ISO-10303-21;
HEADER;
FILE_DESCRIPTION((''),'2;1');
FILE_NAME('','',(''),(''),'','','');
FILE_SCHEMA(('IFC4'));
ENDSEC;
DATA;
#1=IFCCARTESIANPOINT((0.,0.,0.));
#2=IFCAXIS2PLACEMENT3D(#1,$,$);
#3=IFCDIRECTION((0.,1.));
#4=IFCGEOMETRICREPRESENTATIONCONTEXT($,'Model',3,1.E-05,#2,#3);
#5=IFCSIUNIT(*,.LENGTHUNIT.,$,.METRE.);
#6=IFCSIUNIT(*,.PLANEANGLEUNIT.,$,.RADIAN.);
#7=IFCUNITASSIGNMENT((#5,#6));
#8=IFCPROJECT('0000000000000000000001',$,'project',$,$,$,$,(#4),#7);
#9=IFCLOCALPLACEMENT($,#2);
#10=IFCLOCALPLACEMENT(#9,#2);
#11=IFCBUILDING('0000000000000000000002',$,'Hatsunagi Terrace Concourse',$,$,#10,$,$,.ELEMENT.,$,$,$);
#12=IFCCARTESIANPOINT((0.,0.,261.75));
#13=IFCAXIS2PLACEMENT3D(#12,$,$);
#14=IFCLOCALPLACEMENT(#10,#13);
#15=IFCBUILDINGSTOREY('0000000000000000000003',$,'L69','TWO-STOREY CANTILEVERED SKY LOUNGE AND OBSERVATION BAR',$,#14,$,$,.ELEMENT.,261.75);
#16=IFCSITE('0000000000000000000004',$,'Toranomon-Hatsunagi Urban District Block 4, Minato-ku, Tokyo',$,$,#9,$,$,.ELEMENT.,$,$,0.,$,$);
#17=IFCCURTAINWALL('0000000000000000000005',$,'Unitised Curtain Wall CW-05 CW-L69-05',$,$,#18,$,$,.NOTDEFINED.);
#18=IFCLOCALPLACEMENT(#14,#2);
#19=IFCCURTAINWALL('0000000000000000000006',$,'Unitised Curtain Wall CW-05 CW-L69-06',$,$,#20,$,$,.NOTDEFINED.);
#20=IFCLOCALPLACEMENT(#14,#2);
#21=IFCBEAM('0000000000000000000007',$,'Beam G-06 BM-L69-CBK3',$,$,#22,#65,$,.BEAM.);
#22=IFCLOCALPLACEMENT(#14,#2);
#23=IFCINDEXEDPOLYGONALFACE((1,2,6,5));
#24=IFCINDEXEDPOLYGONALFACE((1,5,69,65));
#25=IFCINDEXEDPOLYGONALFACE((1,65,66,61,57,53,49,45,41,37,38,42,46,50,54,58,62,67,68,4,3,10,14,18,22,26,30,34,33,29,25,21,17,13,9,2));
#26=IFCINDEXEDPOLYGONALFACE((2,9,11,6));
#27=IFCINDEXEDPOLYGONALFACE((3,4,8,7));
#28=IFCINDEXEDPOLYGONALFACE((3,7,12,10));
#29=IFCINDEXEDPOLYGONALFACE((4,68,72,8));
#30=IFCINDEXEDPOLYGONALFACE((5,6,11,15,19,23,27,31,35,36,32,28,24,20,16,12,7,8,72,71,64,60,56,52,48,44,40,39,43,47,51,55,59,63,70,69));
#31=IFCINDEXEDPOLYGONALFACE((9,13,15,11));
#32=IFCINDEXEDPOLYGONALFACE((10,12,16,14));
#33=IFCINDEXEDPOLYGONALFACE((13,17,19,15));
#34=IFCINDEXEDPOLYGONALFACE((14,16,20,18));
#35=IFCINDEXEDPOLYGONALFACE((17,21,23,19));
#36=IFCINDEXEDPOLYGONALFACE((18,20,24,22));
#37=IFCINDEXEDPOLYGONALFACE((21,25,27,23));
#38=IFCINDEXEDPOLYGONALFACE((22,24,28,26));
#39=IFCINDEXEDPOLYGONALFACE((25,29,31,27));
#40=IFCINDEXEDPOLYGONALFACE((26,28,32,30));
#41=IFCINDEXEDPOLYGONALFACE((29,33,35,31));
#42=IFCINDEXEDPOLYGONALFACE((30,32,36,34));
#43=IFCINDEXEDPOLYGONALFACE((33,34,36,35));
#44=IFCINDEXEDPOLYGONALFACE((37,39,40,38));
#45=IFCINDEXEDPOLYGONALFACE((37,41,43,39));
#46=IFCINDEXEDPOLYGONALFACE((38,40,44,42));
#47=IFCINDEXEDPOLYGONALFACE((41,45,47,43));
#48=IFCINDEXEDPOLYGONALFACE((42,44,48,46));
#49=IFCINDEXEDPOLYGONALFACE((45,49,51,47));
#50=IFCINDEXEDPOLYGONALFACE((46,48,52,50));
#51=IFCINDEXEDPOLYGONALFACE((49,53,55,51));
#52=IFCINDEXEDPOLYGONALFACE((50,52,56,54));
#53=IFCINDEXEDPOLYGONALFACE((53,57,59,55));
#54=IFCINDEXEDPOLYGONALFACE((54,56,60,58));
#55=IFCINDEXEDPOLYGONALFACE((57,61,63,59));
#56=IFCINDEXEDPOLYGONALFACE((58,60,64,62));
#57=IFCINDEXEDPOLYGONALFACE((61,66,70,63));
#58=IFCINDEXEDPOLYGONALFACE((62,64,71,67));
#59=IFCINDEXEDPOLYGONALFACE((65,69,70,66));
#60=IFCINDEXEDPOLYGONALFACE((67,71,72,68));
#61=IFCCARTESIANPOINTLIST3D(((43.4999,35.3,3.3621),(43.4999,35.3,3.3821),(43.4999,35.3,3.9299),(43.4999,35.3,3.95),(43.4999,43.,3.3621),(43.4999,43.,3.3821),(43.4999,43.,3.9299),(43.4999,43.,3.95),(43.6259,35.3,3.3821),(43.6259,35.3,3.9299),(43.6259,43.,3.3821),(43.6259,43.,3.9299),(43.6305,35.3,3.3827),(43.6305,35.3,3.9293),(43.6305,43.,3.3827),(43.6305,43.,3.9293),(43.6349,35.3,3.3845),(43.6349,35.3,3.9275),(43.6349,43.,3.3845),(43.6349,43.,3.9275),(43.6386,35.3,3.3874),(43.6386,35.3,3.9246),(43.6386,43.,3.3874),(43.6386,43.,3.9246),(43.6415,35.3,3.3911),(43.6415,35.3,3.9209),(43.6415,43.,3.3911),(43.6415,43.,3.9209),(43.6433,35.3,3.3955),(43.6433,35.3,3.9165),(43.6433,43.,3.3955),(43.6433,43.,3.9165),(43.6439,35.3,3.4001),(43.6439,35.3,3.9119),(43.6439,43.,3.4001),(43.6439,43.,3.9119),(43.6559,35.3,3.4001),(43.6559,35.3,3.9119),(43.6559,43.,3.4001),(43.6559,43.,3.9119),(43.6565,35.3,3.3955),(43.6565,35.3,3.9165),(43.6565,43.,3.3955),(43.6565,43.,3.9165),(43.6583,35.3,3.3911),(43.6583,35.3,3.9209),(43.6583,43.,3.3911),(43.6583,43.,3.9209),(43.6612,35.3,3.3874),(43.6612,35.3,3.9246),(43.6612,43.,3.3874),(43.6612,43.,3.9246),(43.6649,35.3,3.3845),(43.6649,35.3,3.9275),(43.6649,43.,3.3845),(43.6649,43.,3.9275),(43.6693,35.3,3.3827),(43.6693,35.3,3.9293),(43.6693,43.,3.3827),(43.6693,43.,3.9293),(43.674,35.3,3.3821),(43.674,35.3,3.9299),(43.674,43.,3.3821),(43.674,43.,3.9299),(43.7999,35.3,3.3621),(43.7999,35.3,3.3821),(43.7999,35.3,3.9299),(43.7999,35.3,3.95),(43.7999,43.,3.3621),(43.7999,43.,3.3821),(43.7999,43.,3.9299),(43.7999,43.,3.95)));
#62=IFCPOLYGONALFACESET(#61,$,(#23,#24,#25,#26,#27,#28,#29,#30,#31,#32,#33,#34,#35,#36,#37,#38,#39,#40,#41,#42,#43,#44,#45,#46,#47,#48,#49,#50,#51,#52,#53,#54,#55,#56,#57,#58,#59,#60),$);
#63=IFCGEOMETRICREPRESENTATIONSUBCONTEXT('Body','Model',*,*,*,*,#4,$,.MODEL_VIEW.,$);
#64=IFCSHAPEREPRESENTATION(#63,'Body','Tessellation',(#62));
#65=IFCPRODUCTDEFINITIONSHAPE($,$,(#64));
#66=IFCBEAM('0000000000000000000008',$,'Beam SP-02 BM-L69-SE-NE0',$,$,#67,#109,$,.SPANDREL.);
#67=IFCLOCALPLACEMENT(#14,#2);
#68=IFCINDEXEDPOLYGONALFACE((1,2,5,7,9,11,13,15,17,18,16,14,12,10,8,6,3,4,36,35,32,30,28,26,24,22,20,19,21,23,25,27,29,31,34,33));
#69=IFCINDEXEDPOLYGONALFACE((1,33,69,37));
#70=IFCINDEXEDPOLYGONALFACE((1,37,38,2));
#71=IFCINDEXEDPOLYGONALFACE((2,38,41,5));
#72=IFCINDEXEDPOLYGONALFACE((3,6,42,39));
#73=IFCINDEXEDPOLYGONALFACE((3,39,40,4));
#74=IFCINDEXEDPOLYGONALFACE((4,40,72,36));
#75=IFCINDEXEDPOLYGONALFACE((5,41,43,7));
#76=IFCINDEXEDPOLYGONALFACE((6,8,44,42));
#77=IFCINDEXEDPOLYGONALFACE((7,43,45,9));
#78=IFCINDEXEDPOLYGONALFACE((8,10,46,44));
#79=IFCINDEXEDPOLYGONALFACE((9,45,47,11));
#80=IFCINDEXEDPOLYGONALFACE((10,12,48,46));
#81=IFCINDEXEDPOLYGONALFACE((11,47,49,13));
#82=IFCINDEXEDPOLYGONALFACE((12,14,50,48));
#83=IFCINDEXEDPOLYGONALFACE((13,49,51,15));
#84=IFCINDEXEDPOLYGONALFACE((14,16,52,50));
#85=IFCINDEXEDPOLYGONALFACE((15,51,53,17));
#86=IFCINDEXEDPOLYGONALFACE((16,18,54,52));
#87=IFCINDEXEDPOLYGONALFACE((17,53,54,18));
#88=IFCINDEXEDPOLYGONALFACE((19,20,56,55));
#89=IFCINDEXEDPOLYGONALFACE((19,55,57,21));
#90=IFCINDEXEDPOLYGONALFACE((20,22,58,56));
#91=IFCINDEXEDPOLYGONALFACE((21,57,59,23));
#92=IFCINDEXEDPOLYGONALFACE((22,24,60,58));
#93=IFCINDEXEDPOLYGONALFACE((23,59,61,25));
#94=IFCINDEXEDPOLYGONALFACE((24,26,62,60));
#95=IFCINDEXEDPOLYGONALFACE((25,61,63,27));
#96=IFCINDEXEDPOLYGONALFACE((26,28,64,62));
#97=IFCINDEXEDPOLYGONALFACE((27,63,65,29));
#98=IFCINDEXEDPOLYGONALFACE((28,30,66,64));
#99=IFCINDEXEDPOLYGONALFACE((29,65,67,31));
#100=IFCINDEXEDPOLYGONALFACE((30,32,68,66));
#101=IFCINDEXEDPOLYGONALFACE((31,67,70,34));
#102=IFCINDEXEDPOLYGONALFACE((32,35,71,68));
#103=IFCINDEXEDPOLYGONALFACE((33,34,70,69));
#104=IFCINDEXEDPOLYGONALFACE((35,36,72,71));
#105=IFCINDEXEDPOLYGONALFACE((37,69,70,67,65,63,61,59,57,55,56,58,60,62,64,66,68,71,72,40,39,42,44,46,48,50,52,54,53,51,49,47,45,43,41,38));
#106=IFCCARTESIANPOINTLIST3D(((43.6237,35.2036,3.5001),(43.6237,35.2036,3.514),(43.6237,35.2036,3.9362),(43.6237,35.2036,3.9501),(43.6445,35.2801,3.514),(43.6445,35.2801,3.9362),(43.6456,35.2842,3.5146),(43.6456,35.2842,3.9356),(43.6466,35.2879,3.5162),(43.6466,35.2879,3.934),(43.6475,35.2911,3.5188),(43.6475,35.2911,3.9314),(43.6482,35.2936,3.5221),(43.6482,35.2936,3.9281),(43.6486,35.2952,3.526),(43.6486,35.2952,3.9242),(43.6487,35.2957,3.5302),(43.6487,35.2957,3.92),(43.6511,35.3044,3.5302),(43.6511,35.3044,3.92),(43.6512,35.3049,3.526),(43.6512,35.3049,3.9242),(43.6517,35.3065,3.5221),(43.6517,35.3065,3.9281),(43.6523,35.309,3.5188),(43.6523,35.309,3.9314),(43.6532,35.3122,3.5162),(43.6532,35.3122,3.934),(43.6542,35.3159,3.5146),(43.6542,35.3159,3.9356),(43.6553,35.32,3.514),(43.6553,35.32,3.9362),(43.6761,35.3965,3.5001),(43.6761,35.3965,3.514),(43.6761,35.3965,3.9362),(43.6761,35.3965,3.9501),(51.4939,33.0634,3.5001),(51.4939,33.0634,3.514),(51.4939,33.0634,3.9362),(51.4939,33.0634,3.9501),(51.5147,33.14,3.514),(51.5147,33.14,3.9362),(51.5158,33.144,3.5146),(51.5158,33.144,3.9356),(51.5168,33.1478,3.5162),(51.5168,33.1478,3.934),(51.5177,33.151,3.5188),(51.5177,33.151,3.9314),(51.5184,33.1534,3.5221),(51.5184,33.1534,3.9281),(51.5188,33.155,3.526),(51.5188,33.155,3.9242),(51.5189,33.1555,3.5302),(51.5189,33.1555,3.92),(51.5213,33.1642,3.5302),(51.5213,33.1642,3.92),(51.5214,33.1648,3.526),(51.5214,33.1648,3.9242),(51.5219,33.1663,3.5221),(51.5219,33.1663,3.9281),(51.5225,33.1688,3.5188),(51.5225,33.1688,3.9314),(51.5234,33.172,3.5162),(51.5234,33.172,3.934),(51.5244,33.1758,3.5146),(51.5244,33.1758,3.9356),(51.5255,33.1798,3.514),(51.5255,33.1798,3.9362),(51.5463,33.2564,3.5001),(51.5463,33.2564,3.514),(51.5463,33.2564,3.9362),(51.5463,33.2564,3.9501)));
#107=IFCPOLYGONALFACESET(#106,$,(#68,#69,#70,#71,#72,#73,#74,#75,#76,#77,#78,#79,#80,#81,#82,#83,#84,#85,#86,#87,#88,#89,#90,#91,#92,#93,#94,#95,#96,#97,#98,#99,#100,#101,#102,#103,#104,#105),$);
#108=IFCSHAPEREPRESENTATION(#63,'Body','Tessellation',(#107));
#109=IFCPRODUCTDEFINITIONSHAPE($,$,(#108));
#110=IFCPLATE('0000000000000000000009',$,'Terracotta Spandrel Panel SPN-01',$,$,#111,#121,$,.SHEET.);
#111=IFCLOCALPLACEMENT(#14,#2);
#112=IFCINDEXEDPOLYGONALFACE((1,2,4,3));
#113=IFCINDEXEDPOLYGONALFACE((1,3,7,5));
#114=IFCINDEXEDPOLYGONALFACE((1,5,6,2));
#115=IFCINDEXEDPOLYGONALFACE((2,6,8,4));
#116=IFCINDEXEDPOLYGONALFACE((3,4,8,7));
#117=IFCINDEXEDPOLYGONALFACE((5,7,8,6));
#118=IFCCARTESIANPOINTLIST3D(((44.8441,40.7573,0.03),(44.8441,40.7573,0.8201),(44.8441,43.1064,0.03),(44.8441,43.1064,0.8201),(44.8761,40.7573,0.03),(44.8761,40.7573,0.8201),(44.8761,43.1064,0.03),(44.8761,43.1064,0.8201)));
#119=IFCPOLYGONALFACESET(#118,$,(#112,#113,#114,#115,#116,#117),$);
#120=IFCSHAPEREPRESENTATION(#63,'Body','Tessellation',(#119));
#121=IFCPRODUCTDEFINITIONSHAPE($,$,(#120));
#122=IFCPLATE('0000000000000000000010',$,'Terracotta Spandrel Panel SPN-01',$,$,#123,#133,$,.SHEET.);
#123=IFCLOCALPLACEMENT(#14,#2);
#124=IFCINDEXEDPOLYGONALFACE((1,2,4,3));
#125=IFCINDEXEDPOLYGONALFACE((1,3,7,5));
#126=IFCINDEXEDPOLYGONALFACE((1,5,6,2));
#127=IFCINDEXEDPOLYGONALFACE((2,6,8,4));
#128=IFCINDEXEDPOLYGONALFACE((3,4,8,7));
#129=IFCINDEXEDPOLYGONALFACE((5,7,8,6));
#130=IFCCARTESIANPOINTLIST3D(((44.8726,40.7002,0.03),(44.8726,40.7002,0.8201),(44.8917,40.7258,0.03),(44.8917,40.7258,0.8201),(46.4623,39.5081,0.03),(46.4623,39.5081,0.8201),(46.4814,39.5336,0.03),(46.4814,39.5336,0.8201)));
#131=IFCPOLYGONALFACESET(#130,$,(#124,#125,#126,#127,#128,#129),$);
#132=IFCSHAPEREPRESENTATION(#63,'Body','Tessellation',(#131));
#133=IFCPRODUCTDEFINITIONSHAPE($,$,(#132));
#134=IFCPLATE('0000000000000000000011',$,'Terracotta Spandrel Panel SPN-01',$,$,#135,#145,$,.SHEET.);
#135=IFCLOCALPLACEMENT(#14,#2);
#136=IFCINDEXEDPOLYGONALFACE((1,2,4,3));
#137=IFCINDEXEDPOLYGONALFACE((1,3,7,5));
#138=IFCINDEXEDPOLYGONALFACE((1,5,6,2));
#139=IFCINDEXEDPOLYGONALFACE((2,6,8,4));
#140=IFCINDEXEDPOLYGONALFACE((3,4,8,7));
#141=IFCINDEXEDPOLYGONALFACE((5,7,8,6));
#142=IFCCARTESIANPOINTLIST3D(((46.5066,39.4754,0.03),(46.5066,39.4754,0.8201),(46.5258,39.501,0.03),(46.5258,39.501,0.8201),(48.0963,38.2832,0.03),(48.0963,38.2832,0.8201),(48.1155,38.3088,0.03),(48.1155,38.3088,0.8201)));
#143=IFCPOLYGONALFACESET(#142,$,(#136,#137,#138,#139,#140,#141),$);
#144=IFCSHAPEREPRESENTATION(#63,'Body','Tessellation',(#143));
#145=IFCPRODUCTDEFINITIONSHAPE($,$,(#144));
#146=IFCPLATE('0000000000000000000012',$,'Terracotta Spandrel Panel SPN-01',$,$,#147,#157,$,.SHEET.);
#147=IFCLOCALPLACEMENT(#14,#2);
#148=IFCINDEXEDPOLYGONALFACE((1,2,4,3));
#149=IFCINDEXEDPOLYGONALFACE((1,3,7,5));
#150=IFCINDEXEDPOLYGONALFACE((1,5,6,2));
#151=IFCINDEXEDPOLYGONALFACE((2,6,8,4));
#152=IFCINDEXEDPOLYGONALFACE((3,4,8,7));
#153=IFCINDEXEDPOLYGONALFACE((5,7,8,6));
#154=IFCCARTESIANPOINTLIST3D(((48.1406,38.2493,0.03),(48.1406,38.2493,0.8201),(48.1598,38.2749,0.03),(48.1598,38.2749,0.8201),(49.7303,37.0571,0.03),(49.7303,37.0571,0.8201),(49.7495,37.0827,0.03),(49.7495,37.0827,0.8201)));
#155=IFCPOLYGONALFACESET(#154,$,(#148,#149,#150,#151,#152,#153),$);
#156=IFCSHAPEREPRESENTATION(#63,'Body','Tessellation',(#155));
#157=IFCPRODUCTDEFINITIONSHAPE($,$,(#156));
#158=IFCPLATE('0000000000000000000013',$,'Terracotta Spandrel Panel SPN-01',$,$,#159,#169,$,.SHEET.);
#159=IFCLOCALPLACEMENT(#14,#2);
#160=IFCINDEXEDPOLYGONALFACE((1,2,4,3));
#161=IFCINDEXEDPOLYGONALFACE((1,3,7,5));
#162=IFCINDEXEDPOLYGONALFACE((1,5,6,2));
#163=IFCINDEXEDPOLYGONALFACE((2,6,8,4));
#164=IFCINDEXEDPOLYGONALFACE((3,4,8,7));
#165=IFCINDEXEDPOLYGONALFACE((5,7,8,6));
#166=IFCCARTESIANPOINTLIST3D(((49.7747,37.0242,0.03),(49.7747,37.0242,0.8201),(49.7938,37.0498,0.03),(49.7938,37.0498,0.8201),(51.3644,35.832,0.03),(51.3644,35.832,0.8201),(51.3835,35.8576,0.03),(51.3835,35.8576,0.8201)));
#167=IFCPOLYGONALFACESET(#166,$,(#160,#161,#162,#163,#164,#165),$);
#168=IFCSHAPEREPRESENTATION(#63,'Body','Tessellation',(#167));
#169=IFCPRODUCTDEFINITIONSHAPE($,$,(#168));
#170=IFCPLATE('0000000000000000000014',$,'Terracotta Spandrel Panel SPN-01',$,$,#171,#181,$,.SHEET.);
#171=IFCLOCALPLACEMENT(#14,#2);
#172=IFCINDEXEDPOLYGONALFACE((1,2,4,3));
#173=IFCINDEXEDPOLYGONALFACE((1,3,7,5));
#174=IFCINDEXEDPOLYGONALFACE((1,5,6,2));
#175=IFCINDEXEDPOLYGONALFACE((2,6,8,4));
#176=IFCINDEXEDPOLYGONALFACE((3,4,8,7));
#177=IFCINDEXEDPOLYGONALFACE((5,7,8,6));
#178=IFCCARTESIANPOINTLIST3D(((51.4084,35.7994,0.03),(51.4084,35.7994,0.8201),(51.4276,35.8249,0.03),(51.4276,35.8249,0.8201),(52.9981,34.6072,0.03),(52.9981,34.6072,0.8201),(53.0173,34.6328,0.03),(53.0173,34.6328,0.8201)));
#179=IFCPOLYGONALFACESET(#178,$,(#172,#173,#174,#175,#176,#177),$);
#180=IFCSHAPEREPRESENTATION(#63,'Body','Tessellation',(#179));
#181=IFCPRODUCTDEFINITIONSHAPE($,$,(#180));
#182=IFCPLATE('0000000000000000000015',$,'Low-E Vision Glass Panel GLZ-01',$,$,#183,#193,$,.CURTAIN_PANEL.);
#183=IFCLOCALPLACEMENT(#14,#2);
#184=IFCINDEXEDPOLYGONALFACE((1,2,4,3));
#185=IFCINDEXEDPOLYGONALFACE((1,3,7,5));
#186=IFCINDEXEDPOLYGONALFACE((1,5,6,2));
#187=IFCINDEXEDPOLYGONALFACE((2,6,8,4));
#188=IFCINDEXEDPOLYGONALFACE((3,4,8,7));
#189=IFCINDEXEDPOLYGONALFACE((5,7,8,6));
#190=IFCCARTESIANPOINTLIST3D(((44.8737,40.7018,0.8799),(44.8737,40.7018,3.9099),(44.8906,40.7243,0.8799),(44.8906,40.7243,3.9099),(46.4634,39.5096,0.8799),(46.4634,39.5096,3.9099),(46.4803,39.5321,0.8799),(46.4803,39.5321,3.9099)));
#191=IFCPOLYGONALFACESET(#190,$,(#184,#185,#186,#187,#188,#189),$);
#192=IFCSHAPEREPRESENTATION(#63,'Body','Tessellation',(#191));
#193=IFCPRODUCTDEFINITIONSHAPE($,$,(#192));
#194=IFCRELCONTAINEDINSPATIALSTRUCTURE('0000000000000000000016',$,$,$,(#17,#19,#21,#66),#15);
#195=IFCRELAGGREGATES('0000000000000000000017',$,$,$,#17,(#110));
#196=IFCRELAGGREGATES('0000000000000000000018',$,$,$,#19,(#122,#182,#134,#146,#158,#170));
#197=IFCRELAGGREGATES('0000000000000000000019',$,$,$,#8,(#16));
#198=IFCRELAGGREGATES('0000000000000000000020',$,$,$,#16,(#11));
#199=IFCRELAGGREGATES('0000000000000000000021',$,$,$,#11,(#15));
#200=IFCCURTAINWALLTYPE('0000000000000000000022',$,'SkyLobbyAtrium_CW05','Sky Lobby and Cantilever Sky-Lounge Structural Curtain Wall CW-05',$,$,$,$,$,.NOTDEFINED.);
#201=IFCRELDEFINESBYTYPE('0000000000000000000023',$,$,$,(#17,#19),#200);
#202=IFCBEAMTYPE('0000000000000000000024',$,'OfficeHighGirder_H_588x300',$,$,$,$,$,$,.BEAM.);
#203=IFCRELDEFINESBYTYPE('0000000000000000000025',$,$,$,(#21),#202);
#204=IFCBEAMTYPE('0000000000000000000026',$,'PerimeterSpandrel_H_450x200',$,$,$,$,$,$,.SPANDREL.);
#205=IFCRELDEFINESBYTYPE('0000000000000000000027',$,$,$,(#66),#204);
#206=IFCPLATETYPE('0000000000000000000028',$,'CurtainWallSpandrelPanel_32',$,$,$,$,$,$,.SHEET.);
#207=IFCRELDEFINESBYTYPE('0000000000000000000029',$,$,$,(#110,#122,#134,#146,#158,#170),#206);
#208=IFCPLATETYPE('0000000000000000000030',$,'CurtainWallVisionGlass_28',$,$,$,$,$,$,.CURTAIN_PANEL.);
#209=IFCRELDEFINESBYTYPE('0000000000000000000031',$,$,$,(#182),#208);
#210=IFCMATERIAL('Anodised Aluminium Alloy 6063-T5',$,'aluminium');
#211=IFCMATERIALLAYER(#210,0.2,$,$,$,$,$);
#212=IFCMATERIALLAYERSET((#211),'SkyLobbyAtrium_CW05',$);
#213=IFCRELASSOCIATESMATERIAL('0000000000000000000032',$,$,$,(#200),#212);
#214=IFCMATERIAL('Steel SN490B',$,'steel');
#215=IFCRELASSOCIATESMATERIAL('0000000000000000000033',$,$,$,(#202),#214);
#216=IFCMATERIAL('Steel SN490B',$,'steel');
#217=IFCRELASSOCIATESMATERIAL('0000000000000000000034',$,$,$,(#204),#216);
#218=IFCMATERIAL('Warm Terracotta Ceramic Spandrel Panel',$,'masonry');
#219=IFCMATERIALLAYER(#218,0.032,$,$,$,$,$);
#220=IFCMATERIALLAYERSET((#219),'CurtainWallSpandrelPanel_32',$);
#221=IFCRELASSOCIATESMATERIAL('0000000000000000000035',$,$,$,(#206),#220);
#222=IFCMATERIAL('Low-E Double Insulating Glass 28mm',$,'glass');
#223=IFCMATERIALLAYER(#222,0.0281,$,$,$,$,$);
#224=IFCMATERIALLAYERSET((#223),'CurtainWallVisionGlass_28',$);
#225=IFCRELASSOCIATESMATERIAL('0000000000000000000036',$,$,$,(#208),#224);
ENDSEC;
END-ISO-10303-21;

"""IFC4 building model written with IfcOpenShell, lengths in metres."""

from ifc_helpers import new_model, si_unit, direction, frame, origin, origin_2d, place, context, subcontext, project, spatial, rectangle, i_section, extrude, material, layer, layer_set, material_profile, profile_set, type_object, element, aggregate, save


model = new_model("IFC4")

# Units and contexts
model_context = context("Model", 3, precision=1e-05, world=origin(), true_north=direction((0.0, 1.0)))
body_context = subcontext(model_context, "Body", "Model", "MODEL_VIEW")
ifc_project = project(units=[si_unit("LENGTHUNIT", "METRE"), si_unit("PLANEANGLEUNIT", "RADIAN")], contexts=[model_context])

# Site, building, storey
site_placement = place(None, origin())
site = spatial("IfcSite", under=ifc_project, at=site_placement, Name="Toranomon-Hatsunagi Urban District Block 4, Minato-ku, Tokyo", CompositionType="ELEMENT", RefElevation=0.0)
building_placement = place(site_placement, origin())
building = spatial("IfcBuilding", under=site, at=building_placement, Name="Hatsunagi Terrace Concourse", CompositionType="ELEMENT")
storey_placement = place(building_placement, frame((0.0, 0.0, 261.75)))
storey = spatial("IfcBuildingStorey", under=building, at=storey_placement, Name="L69", Description="TWO-STOREY CANTILEVERED SKY LOUNGE AND OBSERVATION BAR", CompositionType="ELEMENT", Elevation=261.75)

# Curtain wall
ifc_material_1 = material(Name="Anodised Aluminium Alloy 6063-T5", Category="aluminium")
ifc_layer_1 = layer(ifc_material_1, 0.2)
ifc_layer_set_1 = layer_set([ifc_layer_1], Name="SkyLobbyAtrium_CW05")
curtain_wall_type = type_object("IfcCurtainWallType", Name="SkyLobbyAtrium_CW05", Description="Sky Lobby and Cantilever Sky-Lounge Structural Curtain Wall CW-05", PredefinedType="NOTDEFINED", material=ifc_layer_set_1)
curtain_wall_1_placement = place(storey_placement, origin())
curtain_wall_1 = element("IfcCurtainWall", 1, at=curtain_wall_1_placement, inside=storey, type_object=curtain_wall_type, Name="Unitised Curtain Wall CW-05 CW-L69-05", PredefinedType="NOTDEFINED")

# Curtain wall
curtain_wall_2_placement = place(storey_placement, origin())
curtain_wall_2 = element("IfcCurtainWall", 2, at=curtain_wall_2_placement, inside=storey, type_object=curtain_wall_type, Name="Unitised Curtain Wall CW-05 CW-L69-06", PredefinedType="NOTDEFINED")

# Beams
ifc_material_2 = material(Name="Steel SN490B", Category="steel")
ifc_material_profile_1 = material_profile(ifc_material_2, i_section(OverallWidth=0.3, OverallDepth=0.5879, WebThickness=0.012, FlangeThickness=0.02, FilletRadius=0.0181, at=origin_2d()), Name="H-588x300x12x20")
ifc_profile_set_1 = profile_set([ifc_material_profile_1], Name="Steel SN490B")
beam_type_1 = type_object("IfcBeamType", Name="OfficeHighGirder_H_588x300", PredefinedType="BEAM", material=ifc_profile_set_1)
beam_1_placement = place(storey_placement, frame((43.6499, 35.3, 3.656), z_axis=(0.0, 1.0, 0.0), x_axis=(-1.0, 0.0, 0.0)))
element("IfcBeam", 3, at=beam_1_placement, inside=storey, type_object=beam_type_1, Name="Beam G-06 BM-L69-CBK3", PredefinedType="BEAM", context=body_context, shape_type="SweptSolid", body=[
    extrude(i_section(OverallWidth=0.3, OverallDepth=0.5879, WebThickness=0.012, FlangeThickness=0.02, FilletRadius=0.0181, at=origin_2d()), origin(), (0.0, 0.0, 1.0), 7.7),
])
ifc_material_3 = material(Name="Steel SN490B", Category="steel")
ifc_material_profile_2 = material_profile(ifc_material_3, i_section(OverallWidth=0.2, OverallDepth=0.45, WebThickness=0.009, FlangeThickness=0.0139, FilletRadius=0.0161, at=origin_2d()), Name="H-450x200x9x14")
ifc_profile_set_2 = profile_set([ifc_material_profile_2], Name="Steel SN490B")
beam_type_2 = type_object("IfcBeamType", Name="PerimeterSpandrel_H_450x200", PredefinedType="SPANDREL", material=ifc_profile_set_2)
beam_2_placement = place(storey_placement, frame((43.6499, 35.3, 3.7251), z_axis=(0.964958, -0.262403, 0.0), x_axis=(0.262403, 0.964958, 0.0)))
element("IfcBeam", 4, at=beam_2_placement, inside=storey, type_object=beam_type_2, Name="Beam SP-02 BM-L69-SE-NE0", PredefinedType="SPANDREL", context=body_context, shape_type="SweptSolid", body=[
    extrude(i_section(OverallWidth=0.2, OverallDepth=0.45, WebThickness=0.009, FlangeThickness=0.0139, FilletRadius=0.0161, at=origin_2d()), origin(), (0.0, 0.0, 1.0), 8.156),
])

# Plates
ifc_material_4 = material(Name="Warm Terracotta Ceramic Spandrel Panel", Category="masonry")
ifc_layer_2 = layer(ifc_material_4, 0.032)
ifc_layer_set_2 = layer_set([ifc_layer_2], Name="CurtainWallSpandrelPanel_32")
plate_type_1 = type_object("IfcPlateType", Name="CurtainWallSpandrelPanel_32", PredefinedType="SHEET", material=ifc_layer_set_2)
plate_1_placement = place(storey_placement, frame((44.8601, 41.9319, 0.03), z_axis=(0.0, 0.0, 1.0), x_axis=(0.0, -1.0, 0.0)))
plate_1 = element("IfcPlate", 5, at=plate_1_placement, type_object=plate_type_1, Name="Terracotta Spandrel Panel SPN-01", PredefinedType="SHEET", context=body_context, shape_type="SweptSolid", body=[
    extrude(rectangle(XDim=2.3491, YDim=0.032, at=origin_2d()), origin(), (0.0, 0.0, 1.0), 0.79),
])
aggregate(curtain_wall_1, [plate_1])
plate_2_placement = place(storey_placement, frame((45.677, 40.1169, 0.03), z_axis=(0.0, 0.0, 1.0), x_axis=(0.800023, -0.599969, 0.0)))
plate_2 = element("IfcPlate", 6, at=plate_2_placement, type_object=plate_type_1, Name="Terracotta Spandrel Panel SPN-01", PredefinedType="SHEET", context=body_context, shape_type="SweptSolid", body=[
    extrude(rectangle(XDim=1.9871, YDim=0.032, at=origin_2d()), origin(), (0.0, 0.0, 1.0), 0.79),
])
plate_3_placement = place(storey_placement, frame((47.311, 38.8921, 0.03), z_axis=(0.0, 0.0, 1.0), x_axis=(0.800023, -0.599969, 0.0)))
plate_3 = element("IfcPlate", 7, at=plate_3_placement, type_object=plate_type_1, Name="Terracotta Spandrel Panel SPN-01", PredefinedType="SHEET", context=body_context, shape_type="SweptSolid", body=[
    extrude(rectangle(XDim=1.9871, YDim=0.032, at=origin_2d()), origin(), (0.0, 0.0, 1.0), 0.79),
])
plate_4_placement = place(storey_placement, frame((48.9451, 37.666, 0.03), z_axis=(0.0, 0.0, 1.0), x_axis=(0.800023, -0.599969, 0.0)))
plate_4 = element("IfcPlate", 8, at=plate_4_placement, type_object=plate_type_1, Name="Terracotta Spandrel Panel SPN-01", PredefinedType="SHEET", context=body_context, shape_type="SweptSolid", body=[
    extrude(rectangle(XDim=1.9871, YDim=0.032, at=origin_2d()), origin(), (0.0, 0.0, 1.0), 0.79),
])
plate_5_placement = place(storey_placement, frame((50.5791, 36.4409, 0.03), z_axis=(0.0, 0.0, 1.0), x_axis=(0.800023, -0.599969, 0.0)))
plate_5 = element("IfcPlate", 9, at=plate_5_placement, type_object=plate_type_1, Name="Terracotta Spandrel Panel SPN-01", PredefinedType="SHEET", context=body_context, shape_type="SweptSolid", body=[
    extrude(rectangle(XDim=1.9871, YDim=0.032, at=origin_2d()), origin(), (0.0, 0.0, 1.0), 0.79),
])
plate_6_placement = place(storey_placement, frame((52.2129, 35.2161, 0.03), z_axis=(0.0, 0.0, 1.0), x_axis=(0.800023, -0.599969, 0.0)))
plate_6 = element("IfcPlate", 10, at=plate_6_placement, type_object=plate_type_1, Name="Terracotta Spandrel Panel SPN-01", PredefinedType="SHEET", context=body_context, shape_type="SweptSolid", body=[
    extrude(rectangle(XDim=1.9871, YDim=0.032, at=origin_2d()), origin(), (0.0, 0.0, 1.0), 0.79),
])
ifc_material_5 = material(Name="Low-E Double Insulating Glass 28mm", Category="glass")
ifc_layer_3 = layer(ifc_material_5, 0.0281)
ifc_layer_set_3 = layer_set([ifc_layer_3], Name="CurtainWallVisionGlass_28")
plate_type_2 = type_object("IfcPlateType", Name="CurtainWallVisionGlass_28", PredefinedType="CURTAIN_PANEL", material=ifc_layer_set_3)
plate_7_placement = place(storey_placement, frame((45.677, 40.1169, 0.8799), z_axis=(0.0, 0.0, 1.0), x_axis=(0.800023, -0.599969, 0.0)))
plate_7 = element("IfcPlate", 11, at=plate_7_placement, type_object=plate_type_2, Name="Low-E Vision Glass Panel GLZ-01", PredefinedType="CURTAIN_PANEL", context=body_context, shape_type="SweptSolid", body=[
    extrude(rectangle(XDim=1.9871, YDim=0.0281, at=origin_2d()), origin(), (0.0, 0.0, 1.0), 3.03),
])
aggregate(curtain_wall_2, [plate_2, plate_7, plate_3, plate_4, plate_5, plate_6])

save(model, "model.ifc")
